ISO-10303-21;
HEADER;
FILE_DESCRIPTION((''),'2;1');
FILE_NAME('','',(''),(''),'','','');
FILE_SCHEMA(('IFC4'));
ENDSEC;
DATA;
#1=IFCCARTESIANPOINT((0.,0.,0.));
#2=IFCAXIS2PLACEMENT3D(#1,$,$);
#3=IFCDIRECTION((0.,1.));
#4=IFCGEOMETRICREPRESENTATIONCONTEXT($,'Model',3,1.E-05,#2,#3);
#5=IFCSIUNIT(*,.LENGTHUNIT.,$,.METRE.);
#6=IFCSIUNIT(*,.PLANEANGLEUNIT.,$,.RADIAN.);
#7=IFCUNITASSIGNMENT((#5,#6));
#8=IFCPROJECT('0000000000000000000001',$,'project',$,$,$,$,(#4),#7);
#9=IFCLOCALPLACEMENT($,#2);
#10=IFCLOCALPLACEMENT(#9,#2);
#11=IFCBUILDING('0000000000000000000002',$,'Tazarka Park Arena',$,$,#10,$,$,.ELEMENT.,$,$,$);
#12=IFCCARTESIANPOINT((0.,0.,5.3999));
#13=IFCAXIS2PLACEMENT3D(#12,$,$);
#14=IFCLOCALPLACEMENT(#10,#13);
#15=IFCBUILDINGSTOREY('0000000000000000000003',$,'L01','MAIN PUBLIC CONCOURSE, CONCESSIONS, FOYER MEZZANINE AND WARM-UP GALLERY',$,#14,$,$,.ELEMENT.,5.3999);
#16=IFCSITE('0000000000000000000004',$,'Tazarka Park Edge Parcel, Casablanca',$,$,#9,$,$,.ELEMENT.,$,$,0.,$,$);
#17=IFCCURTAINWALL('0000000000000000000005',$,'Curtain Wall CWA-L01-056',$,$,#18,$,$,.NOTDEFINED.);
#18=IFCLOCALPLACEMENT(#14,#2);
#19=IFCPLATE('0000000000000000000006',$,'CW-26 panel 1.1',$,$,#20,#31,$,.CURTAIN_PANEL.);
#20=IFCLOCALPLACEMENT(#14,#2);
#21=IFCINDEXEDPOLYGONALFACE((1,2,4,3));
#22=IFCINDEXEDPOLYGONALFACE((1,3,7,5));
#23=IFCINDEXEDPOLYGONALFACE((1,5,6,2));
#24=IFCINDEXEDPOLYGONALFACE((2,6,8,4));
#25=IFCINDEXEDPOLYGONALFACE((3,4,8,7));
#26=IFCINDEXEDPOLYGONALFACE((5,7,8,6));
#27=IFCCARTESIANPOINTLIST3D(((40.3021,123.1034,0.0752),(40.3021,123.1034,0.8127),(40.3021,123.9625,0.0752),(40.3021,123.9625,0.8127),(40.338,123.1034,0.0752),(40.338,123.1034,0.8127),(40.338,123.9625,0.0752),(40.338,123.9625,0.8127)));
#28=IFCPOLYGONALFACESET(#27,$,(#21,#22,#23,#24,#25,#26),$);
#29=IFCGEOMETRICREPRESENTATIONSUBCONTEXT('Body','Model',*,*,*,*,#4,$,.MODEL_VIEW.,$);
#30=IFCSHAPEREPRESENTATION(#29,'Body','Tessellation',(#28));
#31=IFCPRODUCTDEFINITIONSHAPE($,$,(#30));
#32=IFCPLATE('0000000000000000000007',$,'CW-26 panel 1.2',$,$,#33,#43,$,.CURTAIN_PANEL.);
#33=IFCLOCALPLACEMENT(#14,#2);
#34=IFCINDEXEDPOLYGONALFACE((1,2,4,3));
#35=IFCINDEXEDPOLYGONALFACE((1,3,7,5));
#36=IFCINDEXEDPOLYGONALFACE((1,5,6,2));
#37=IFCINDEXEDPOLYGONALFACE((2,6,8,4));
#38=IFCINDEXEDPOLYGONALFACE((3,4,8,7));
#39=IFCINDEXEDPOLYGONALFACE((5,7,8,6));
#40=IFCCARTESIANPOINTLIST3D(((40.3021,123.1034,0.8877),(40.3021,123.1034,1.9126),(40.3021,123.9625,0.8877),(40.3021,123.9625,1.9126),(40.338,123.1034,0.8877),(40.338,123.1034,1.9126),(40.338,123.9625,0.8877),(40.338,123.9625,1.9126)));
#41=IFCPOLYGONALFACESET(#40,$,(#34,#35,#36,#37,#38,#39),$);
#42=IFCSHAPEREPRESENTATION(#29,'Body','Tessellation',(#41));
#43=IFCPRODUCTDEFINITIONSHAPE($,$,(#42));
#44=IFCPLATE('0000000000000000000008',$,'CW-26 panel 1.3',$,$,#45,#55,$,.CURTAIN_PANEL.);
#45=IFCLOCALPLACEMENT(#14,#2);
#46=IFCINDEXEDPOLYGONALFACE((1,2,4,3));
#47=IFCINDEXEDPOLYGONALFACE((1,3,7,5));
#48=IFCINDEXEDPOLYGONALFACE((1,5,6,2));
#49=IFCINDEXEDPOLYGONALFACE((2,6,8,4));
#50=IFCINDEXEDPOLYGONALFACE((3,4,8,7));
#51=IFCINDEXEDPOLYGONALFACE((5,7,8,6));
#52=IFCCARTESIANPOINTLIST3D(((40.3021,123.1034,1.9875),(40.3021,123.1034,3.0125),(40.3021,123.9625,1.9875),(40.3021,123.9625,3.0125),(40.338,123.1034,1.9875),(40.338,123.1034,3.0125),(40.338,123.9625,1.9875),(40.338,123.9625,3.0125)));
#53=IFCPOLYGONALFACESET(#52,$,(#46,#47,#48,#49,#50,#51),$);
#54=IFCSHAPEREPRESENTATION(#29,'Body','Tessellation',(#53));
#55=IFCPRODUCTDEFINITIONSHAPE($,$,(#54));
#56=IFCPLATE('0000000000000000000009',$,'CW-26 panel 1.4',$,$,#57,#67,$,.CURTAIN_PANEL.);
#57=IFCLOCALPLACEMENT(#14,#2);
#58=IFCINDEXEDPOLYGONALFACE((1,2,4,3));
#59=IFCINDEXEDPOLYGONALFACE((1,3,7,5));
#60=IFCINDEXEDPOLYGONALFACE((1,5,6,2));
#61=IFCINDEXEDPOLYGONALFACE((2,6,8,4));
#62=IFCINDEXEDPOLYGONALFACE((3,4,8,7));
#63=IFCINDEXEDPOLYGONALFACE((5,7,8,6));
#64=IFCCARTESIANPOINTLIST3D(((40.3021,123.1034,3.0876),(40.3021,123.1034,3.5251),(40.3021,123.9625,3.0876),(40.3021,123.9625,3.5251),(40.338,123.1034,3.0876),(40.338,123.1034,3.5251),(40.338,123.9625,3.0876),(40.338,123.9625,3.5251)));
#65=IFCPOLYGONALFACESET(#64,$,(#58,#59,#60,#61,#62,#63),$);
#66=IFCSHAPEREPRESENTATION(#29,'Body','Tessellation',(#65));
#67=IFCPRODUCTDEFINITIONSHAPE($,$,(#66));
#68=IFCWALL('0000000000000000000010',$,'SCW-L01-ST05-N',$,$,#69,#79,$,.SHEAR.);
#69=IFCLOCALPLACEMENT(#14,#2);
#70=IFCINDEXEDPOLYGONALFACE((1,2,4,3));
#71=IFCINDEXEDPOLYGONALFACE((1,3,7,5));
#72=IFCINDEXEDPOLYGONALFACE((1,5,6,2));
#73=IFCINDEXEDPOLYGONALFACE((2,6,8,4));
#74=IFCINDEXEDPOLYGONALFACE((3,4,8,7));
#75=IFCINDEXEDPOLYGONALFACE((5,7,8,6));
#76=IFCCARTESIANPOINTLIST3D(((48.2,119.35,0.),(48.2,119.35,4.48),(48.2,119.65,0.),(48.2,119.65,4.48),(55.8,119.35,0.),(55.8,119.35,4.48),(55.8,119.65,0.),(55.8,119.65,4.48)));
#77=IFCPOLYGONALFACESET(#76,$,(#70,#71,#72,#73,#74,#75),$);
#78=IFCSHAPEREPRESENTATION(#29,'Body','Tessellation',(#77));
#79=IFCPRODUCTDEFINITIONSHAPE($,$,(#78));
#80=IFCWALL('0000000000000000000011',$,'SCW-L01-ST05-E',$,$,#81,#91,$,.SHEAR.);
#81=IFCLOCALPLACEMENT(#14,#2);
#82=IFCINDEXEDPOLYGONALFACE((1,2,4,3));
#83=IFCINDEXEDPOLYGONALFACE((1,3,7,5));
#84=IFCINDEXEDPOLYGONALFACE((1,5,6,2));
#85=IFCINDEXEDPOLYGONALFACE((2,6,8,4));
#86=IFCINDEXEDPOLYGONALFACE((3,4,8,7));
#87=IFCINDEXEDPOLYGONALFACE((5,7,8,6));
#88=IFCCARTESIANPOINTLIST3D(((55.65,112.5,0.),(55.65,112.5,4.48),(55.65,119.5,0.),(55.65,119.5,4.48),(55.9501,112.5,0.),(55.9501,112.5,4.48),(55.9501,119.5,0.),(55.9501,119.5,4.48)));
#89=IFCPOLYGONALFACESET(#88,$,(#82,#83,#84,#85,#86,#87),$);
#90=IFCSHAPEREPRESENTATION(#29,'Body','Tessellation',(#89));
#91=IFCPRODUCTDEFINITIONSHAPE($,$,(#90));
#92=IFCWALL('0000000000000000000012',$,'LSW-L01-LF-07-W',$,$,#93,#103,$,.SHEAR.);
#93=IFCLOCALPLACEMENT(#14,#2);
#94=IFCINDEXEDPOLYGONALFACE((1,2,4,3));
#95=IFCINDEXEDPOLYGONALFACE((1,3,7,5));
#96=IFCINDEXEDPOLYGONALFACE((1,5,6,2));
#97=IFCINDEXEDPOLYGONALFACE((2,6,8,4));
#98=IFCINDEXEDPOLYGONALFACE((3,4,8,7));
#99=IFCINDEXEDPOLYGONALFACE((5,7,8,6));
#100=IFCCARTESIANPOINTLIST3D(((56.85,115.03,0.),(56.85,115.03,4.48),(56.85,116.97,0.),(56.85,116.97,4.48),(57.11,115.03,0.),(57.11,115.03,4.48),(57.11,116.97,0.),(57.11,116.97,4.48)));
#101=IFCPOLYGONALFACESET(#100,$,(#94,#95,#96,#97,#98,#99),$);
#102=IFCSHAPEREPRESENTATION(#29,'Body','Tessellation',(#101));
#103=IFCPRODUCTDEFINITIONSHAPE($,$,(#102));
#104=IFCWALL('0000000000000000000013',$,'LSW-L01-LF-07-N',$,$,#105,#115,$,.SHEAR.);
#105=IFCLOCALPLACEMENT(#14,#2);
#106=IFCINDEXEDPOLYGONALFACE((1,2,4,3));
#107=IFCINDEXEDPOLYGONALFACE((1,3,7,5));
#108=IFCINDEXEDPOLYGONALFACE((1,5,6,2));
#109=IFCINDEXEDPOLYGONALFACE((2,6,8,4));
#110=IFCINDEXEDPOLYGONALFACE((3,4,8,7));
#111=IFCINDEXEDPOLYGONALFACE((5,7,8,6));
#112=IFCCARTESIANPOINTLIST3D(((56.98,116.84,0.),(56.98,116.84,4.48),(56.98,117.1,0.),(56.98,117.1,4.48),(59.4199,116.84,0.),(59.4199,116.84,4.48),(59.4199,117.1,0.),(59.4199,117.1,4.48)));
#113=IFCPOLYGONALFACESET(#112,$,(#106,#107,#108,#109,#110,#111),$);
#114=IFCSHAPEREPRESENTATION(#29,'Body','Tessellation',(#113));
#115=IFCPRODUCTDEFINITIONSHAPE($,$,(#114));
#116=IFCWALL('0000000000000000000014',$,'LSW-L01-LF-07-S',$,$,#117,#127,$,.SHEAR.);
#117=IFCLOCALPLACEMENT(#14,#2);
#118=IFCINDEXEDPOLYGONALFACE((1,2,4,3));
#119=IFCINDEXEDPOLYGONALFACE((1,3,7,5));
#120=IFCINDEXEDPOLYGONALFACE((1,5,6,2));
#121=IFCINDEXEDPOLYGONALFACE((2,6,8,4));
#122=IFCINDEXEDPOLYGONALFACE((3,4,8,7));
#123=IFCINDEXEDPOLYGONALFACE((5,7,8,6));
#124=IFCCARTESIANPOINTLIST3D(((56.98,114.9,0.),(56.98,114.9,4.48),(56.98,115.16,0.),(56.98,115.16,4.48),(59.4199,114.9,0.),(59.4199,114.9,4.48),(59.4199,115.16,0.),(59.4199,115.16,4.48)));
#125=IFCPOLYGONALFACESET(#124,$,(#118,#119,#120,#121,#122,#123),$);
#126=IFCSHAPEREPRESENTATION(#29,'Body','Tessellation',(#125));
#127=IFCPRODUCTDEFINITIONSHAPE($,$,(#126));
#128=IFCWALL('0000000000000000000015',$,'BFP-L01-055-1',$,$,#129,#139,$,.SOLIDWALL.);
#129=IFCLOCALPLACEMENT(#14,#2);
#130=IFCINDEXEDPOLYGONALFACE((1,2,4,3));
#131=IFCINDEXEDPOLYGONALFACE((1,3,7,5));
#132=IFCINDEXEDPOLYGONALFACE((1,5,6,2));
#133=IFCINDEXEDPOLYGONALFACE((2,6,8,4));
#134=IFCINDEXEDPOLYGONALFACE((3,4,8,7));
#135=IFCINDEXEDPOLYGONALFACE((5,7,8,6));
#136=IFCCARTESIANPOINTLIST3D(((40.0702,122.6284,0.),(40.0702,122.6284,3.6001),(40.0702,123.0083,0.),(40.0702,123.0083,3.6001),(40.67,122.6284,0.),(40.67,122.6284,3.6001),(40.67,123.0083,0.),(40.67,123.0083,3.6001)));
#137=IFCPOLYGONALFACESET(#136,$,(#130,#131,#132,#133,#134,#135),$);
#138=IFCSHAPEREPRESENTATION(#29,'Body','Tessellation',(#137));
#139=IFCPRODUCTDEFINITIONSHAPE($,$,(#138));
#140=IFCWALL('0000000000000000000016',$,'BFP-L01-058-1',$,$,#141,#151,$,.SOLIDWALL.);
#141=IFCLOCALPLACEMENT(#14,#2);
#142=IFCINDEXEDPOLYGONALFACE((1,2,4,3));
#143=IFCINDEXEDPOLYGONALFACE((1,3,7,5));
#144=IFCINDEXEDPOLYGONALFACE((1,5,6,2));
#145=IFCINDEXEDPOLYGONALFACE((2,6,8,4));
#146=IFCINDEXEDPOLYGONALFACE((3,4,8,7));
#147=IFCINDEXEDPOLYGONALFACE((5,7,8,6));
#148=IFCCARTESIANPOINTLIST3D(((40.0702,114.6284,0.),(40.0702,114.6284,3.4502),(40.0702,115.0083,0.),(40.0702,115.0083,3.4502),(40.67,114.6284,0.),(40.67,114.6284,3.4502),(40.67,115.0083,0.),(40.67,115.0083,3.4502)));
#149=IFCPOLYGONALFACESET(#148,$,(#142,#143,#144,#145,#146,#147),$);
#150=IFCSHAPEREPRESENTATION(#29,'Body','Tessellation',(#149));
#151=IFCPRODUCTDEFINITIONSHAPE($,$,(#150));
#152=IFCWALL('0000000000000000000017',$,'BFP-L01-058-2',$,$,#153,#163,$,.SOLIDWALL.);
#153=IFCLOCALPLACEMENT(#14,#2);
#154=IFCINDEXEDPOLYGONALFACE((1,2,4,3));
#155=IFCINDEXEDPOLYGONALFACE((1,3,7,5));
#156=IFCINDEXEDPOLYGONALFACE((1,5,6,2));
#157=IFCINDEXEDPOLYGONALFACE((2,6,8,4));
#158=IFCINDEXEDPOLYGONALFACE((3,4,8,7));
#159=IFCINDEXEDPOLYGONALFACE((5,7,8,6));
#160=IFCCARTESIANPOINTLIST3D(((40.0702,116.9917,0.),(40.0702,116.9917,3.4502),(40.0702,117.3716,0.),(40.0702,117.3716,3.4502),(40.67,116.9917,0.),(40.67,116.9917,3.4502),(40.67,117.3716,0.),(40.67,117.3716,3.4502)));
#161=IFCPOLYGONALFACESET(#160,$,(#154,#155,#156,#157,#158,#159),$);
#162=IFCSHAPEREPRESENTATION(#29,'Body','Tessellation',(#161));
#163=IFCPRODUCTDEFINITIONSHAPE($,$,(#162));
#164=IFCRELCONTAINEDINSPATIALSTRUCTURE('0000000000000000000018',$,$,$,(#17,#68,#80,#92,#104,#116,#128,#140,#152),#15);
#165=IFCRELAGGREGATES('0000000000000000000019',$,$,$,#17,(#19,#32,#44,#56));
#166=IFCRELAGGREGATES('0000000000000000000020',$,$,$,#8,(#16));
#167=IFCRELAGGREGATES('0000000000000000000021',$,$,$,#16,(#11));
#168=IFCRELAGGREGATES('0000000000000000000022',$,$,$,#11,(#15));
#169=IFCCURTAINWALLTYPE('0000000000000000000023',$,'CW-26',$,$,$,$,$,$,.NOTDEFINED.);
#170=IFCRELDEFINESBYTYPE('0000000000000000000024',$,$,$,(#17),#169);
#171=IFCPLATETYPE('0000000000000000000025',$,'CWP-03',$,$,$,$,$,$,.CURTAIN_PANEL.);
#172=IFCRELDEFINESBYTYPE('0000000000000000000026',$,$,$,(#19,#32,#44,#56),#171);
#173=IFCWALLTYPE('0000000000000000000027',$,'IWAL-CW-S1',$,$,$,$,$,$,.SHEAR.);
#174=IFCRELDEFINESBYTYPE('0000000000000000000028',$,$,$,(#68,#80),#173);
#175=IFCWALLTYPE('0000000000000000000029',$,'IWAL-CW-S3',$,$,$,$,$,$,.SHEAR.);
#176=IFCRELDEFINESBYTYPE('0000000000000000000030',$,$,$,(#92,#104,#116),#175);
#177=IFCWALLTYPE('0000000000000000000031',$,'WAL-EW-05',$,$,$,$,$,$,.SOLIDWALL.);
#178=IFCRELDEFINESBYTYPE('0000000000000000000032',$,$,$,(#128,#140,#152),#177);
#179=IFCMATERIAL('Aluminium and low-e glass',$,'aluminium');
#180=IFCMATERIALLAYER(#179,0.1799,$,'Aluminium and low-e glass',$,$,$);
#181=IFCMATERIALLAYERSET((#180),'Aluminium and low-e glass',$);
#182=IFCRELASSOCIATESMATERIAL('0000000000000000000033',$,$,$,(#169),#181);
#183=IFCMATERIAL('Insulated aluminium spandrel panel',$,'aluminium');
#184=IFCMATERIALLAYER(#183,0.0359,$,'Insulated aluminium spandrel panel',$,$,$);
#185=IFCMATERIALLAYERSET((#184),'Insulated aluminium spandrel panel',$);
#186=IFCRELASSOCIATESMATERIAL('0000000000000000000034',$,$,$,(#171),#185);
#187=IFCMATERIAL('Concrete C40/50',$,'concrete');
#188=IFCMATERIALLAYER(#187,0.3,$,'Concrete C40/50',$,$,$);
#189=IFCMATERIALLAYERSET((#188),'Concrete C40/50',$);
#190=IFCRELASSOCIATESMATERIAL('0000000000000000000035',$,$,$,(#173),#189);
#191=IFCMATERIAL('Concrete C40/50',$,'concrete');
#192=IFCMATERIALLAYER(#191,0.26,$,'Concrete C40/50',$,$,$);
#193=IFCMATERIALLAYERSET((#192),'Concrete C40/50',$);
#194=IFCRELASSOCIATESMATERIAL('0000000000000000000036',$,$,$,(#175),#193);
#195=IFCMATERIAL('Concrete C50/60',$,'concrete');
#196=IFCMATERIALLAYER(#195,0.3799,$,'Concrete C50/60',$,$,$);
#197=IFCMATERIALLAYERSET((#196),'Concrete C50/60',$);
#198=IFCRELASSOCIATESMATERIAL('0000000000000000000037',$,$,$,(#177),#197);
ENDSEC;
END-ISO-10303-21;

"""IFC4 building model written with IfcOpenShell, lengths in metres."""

from ifc_helpers import new_model, si_unit, direction, frame, frame_2d, origin, origin_2d, place, context, subcontext, project, spatial, rectangle, extrude, material, layer, layer_set, type_object, element, aggregate, save


model = new_model("IFC4")

# Units and contexts
model_context = context("Model", 3, precision=1e-05, world=origin(), true_north=direction((0.0, 1.0)))
body_context = subcontext(model_context, "Body", "Model", "MODEL_VIEW")
ifc_project = project(units=[si_unit("LENGTHUNIT", "METRE"), si_unit("PLANEANGLEUNIT", "RADIAN")], contexts=[model_context])

# Site, building, storey
site_placement = place(None, origin())
site = spatial("IfcSite", under=ifc_project, at=site_placement, Name="Tazarka Park Edge Parcel, Casablanca", CompositionType="ELEMENT", RefElevation=0.0)
building_placement = place(site_placement, origin())
building = spatial("IfcBuilding", under=site, at=building_placement, Name="Tazarka Park Arena", CompositionType="ELEMENT")
storey_placement = place(building_placement, frame((0.0, 0.0, 5.3999)))
storey = spatial("IfcBuildingStorey", under=building, at=storey_placement, Name="L01", Description="MAIN PUBLIC CONCOURSE, CONCESSIONS, FOYER MEZZANINE AND WARM-UP GALLERY", CompositionType="ELEMENT", Elevation=5.3999)

# Curtain wall, plates
ifc_material_1 = material(Name="Aluminium and low-e glass", Category="aluminium")
ifc_layer_1 = layer(ifc_material_1, 0.1799, Name="Aluminium and low-e glass")
ifc_layer_set_1 = layer_set([ifc_layer_1], Name="Aluminium and low-e glass")
curtain_wall_type = type_object("IfcCurtainWallType", Name="CW-26", PredefinedType="NOTDEFINED", material=ifc_layer_set_1)
curtain_wall_placement = place(storey_placement, origin())
curtain_wall = element("IfcCurtainWall", 1, at=curtain_wall_placement, inside=storey, type_object=curtain_wall_type, Name="Curtain Wall CWA-L01-056", PredefinedType="NOTDEFINED")
ifc_material_2 = material(Name="Insulated aluminium spandrel panel", Category="aluminium")
ifc_layer_2 = layer(ifc_material_2, 0.0359, Name="Insulated aluminium spandrel panel")
ifc_layer_set_2 = layer_set([ifc_layer_2], Name="Insulated aluminium spandrel panel")
plate_type = type_object("IfcPlateType", Name="CWP-03", PredefinedType="CURTAIN_PANEL", material=ifc_layer_set_2)
plate_1_placement = place(storey_placement, frame((40.3201, 123.533, 0.0752), z_axis=(0.0, 0.0, 1.0), x_axis=(0.0, 1.0, 0.0)))
plate_1 = element("IfcPlate", 2, at=plate_1_placement, type_object=plate_type, Name="CW-26 panel 1.1", PredefinedType="CURTAIN_PANEL", context=body_context, shape_type="SweptSolid", body=[
    extrude(rectangle(XDim=0.8591, YDim=0.0359, at=origin_2d()), origin(), (0.0, 0.0, 1.0), 0.7375),
])
plate_2_placement = place(storey_placement, frame((40.3201, 123.533, 0.8877), z_axis=(0.0, 0.0, 1.0), x_axis=(0.0, 1.0, 0.0)))
plate_2 = element("IfcPlate", 3, at=plate_2_placement, type_object=plate_type, Name="CW-26 panel 1.2", PredefinedType="CURTAIN_PANEL", context=body_context, shape_type="SweptSolid", body=[
    extrude(rectangle(XDim=0.8591, YDim=0.0359, at=origin_2d()), origin(), (0.0, 0.0, 1.0), 1.0249),
])
plate_3_placement = place(storey_placement, frame((40.3201, 123.533, 1.9875), z_axis=(0.0, 0.0, 1.0), x_axis=(0.0, 1.0, 0.0)))
plate_3 = element("IfcPlate", 4, at=plate_3_placement, type_object=plate_type, Name="CW-26 panel 1.3", PredefinedType="CURTAIN_PANEL", context=body_context, shape_type="SweptSolid", body=[
    extrude(rectangle(XDim=0.8591, YDim=0.0359, at=origin_2d()), origin(), (0.0, 0.0, 1.0), 1.0249),
])
plate_4_placement = place(storey_placement, frame((40.3201, 123.533, 3.0876), z_axis=(0.0, 0.0, 1.0), x_axis=(0.0, 1.0, 0.0)))
plate_4 = element("IfcPlate", 5, at=plate_4_placement, type_object=plate_type, Name="CW-26 panel 1.4", PredefinedType="CURTAIN_PANEL", context=body_context, shape_type="SweptSolid", body=[
    extrude(rectangle(XDim=0.8591, YDim=0.0359, at=origin_2d()), origin(), (0.0, 0.0, 1.0), 0.4375),
])
aggregate(curtain_wall, [plate_1, plate_2, plate_3, plate_4])

# Walls
ifc_material_3 = material(Name="Concrete C40/50", Category="concrete")
ifc_layer_3 = layer(ifc_material_3, 0.3, Name="Concrete C40/50")
ifc_layer_set_3 = layer_set([ifc_layer_3], Name="Concrete C40/50")
wall_type_1 = type_object("IfcWallType", Name="IWAL-CW-S1", PredefinedType="SHEAR", material=ifc_layer_set_3)
wall_1_placement = place(storey_placement, frame((48.2, 119.5, 0.0), z_axis=(0.0, 0.0, 1.0), x_axis=(1.0, 0.0, 0.0)))
element("IfcWall", 6, at=wall_1_placement, inside=storey, type_object=wall_type_1, Name="SCW-L01-ST05-N", PredefinedType="SHEAR", context=body_context, shape_type="SweptSolid", body=[
    extrude(rectangle(XDim=7.6001, YDim=0.3, at=frame_2d((3.8, 0.0))), origin(), (0.0, 0.0, 1.0), 4.48),
])
wall_2_placement = place(storey_placement, frame((55.8, 119.5, 0.0), z_axis=(0.0, 0.0, 1.0), x_axis=(0.0, -1.0, 0.0)))
element("IfcWall", 7, at=wall_2_placement, inside=storey, type_object=wall_type_1, Name="SCW-L01-ST05-E", PredefinedType="SHEAR", context=body_context, shape_type="SweptSolid", body=[
    extrude(rectangle(XDim=7.0, YDim=0.3, at=frame_2d((3.5, 0.0))), origin(), (0.0, 0.0, 1.0), 4.48),
])
ifc_material_4 = material(Name="Concrete C40/50", Category="concrete")
ifc_layer_4 = layer(ifc_material_4, 0.26, Name="Concrete C40/50")
ifc_layer_set_4 = layer_set([ifc_layer_4], Name="Concrete C40/50")
wall_type_2 = type_object("IfcWallType", Name="IWAL-CW-S3", PredefinedType="SHEAR", material=ifc_layer_set_4)
wall_3_placement = place(storey_placement, frame((56.98, 115.03, 0.0), z_axis=(0.0, 0.0, 1.0), x_axis=(0.0, 1.0, 0.0)))
element("IfcWall", 8, at=wall_3_placement, inside=storey, type_object=wall_type_2, Name="LSW-L01-LF-07-W", PredefinedType="SHEAR", context=body_context, shape_type="SweptSolid", body=[
    extrude(rectangle(XDim=1.9399, YDim=0.26, at=frame_2d((0.97, 0.0))), origin(), (0.0, 0.0, 1.0), 4.48),
])
for number, where, z_axis, x_axis, name in (
    (9, (56.98, 116.97, 0.0), (0.0, 0.0, 1.0), (1.0, 0.0, 0.0), "LSW-L01-LF-07-N"),
    (10, (59.4199, 115.03, 0.0), (0.0, 0.0, 1.0), (-1.0, 0.0, 0.0), "LSW-L01-LF-07-S"),
):
    element("IfcWall", number, at=place(storey_placement, frame(where, z_axis=z_axis, x_axis=x_axis)), inside=storey, type_object=wall_type_2, Name=name, PredefinedType="SHEAR", context=body_context, shape_type="SweptSolid", body=[
        extrude(rectangle(XDim=2.4399, YDim=0.26, at=frame_2d((1.22, 0.0))), origin(), (0.0, 0.0, 1.0), 4.48),
    ])

# Walls
ifc_material_5 = material(Name="Concrete C50/60", Category="concrete")
ifc_layer_5 = layer(ifc_material_5, 0.3799, Name="Concrete C50/60")
ifc_layer_set_5 = layer_set([ifc_layer_5], Name="Concrete C50/60")
wall_type_3 = type_object("IfcWallType", Name="WAL-EW-05", PredefinedType="SOLIDWALL", material=ifc_layer_set_5)
wall_4_placement = place(storey_placement, frame((40.6699, 122.8184, 0.0), z_axis=(0.0, 0.0, 1.0), x_axis=(-1.0, 0.0, 0.0)))
element("IfcWall", 11, at=wall_4_placement, inside=storey, type_object=wall_type_3, Name="BFP-L01-055-1", PredefinedType="SOLIDWALL", context=body_context, shape_type="SweptSolid", body=[
    extrude(rectangle(XDim=0.5999, YDim=0.3799, at=frame_2d((0.2998, 0.0))), origin(), (0.0, 0.0, 1.0), 3.6001),
])
for number, where, z_axis, x_axis, name in (
    (12, (40.6699, 114.8184, 0.0), (0.0, 0.0, 1.0), (-1.0, 0.0, 0.0), "BFP-L01-058-1"),
    (13, (40.6699, 117.1816, 0.0), (0.0, 0.0, 1.0), (-1.0, 0.0, 0.0), "BFP-L01-058-2"),
):
    element("IfcWall", number, at=place(storey_placement, frame(where, z_axis=z_axis, x_axis=x_axis)), inside=storey, type_object=wall_type_3, Name=name, PredefinedType="SOLIDWALL", context=body_context, shape_type="SweptSolid", body=[
        extrude(rectangle(XDim=0.5999, YDim=0.3799, at=frame_2d((0.2998, 0.0))), origin(), (0.0, 0.0, 1.0), 3.4502),
    ])

save(model, "model.ifc")
